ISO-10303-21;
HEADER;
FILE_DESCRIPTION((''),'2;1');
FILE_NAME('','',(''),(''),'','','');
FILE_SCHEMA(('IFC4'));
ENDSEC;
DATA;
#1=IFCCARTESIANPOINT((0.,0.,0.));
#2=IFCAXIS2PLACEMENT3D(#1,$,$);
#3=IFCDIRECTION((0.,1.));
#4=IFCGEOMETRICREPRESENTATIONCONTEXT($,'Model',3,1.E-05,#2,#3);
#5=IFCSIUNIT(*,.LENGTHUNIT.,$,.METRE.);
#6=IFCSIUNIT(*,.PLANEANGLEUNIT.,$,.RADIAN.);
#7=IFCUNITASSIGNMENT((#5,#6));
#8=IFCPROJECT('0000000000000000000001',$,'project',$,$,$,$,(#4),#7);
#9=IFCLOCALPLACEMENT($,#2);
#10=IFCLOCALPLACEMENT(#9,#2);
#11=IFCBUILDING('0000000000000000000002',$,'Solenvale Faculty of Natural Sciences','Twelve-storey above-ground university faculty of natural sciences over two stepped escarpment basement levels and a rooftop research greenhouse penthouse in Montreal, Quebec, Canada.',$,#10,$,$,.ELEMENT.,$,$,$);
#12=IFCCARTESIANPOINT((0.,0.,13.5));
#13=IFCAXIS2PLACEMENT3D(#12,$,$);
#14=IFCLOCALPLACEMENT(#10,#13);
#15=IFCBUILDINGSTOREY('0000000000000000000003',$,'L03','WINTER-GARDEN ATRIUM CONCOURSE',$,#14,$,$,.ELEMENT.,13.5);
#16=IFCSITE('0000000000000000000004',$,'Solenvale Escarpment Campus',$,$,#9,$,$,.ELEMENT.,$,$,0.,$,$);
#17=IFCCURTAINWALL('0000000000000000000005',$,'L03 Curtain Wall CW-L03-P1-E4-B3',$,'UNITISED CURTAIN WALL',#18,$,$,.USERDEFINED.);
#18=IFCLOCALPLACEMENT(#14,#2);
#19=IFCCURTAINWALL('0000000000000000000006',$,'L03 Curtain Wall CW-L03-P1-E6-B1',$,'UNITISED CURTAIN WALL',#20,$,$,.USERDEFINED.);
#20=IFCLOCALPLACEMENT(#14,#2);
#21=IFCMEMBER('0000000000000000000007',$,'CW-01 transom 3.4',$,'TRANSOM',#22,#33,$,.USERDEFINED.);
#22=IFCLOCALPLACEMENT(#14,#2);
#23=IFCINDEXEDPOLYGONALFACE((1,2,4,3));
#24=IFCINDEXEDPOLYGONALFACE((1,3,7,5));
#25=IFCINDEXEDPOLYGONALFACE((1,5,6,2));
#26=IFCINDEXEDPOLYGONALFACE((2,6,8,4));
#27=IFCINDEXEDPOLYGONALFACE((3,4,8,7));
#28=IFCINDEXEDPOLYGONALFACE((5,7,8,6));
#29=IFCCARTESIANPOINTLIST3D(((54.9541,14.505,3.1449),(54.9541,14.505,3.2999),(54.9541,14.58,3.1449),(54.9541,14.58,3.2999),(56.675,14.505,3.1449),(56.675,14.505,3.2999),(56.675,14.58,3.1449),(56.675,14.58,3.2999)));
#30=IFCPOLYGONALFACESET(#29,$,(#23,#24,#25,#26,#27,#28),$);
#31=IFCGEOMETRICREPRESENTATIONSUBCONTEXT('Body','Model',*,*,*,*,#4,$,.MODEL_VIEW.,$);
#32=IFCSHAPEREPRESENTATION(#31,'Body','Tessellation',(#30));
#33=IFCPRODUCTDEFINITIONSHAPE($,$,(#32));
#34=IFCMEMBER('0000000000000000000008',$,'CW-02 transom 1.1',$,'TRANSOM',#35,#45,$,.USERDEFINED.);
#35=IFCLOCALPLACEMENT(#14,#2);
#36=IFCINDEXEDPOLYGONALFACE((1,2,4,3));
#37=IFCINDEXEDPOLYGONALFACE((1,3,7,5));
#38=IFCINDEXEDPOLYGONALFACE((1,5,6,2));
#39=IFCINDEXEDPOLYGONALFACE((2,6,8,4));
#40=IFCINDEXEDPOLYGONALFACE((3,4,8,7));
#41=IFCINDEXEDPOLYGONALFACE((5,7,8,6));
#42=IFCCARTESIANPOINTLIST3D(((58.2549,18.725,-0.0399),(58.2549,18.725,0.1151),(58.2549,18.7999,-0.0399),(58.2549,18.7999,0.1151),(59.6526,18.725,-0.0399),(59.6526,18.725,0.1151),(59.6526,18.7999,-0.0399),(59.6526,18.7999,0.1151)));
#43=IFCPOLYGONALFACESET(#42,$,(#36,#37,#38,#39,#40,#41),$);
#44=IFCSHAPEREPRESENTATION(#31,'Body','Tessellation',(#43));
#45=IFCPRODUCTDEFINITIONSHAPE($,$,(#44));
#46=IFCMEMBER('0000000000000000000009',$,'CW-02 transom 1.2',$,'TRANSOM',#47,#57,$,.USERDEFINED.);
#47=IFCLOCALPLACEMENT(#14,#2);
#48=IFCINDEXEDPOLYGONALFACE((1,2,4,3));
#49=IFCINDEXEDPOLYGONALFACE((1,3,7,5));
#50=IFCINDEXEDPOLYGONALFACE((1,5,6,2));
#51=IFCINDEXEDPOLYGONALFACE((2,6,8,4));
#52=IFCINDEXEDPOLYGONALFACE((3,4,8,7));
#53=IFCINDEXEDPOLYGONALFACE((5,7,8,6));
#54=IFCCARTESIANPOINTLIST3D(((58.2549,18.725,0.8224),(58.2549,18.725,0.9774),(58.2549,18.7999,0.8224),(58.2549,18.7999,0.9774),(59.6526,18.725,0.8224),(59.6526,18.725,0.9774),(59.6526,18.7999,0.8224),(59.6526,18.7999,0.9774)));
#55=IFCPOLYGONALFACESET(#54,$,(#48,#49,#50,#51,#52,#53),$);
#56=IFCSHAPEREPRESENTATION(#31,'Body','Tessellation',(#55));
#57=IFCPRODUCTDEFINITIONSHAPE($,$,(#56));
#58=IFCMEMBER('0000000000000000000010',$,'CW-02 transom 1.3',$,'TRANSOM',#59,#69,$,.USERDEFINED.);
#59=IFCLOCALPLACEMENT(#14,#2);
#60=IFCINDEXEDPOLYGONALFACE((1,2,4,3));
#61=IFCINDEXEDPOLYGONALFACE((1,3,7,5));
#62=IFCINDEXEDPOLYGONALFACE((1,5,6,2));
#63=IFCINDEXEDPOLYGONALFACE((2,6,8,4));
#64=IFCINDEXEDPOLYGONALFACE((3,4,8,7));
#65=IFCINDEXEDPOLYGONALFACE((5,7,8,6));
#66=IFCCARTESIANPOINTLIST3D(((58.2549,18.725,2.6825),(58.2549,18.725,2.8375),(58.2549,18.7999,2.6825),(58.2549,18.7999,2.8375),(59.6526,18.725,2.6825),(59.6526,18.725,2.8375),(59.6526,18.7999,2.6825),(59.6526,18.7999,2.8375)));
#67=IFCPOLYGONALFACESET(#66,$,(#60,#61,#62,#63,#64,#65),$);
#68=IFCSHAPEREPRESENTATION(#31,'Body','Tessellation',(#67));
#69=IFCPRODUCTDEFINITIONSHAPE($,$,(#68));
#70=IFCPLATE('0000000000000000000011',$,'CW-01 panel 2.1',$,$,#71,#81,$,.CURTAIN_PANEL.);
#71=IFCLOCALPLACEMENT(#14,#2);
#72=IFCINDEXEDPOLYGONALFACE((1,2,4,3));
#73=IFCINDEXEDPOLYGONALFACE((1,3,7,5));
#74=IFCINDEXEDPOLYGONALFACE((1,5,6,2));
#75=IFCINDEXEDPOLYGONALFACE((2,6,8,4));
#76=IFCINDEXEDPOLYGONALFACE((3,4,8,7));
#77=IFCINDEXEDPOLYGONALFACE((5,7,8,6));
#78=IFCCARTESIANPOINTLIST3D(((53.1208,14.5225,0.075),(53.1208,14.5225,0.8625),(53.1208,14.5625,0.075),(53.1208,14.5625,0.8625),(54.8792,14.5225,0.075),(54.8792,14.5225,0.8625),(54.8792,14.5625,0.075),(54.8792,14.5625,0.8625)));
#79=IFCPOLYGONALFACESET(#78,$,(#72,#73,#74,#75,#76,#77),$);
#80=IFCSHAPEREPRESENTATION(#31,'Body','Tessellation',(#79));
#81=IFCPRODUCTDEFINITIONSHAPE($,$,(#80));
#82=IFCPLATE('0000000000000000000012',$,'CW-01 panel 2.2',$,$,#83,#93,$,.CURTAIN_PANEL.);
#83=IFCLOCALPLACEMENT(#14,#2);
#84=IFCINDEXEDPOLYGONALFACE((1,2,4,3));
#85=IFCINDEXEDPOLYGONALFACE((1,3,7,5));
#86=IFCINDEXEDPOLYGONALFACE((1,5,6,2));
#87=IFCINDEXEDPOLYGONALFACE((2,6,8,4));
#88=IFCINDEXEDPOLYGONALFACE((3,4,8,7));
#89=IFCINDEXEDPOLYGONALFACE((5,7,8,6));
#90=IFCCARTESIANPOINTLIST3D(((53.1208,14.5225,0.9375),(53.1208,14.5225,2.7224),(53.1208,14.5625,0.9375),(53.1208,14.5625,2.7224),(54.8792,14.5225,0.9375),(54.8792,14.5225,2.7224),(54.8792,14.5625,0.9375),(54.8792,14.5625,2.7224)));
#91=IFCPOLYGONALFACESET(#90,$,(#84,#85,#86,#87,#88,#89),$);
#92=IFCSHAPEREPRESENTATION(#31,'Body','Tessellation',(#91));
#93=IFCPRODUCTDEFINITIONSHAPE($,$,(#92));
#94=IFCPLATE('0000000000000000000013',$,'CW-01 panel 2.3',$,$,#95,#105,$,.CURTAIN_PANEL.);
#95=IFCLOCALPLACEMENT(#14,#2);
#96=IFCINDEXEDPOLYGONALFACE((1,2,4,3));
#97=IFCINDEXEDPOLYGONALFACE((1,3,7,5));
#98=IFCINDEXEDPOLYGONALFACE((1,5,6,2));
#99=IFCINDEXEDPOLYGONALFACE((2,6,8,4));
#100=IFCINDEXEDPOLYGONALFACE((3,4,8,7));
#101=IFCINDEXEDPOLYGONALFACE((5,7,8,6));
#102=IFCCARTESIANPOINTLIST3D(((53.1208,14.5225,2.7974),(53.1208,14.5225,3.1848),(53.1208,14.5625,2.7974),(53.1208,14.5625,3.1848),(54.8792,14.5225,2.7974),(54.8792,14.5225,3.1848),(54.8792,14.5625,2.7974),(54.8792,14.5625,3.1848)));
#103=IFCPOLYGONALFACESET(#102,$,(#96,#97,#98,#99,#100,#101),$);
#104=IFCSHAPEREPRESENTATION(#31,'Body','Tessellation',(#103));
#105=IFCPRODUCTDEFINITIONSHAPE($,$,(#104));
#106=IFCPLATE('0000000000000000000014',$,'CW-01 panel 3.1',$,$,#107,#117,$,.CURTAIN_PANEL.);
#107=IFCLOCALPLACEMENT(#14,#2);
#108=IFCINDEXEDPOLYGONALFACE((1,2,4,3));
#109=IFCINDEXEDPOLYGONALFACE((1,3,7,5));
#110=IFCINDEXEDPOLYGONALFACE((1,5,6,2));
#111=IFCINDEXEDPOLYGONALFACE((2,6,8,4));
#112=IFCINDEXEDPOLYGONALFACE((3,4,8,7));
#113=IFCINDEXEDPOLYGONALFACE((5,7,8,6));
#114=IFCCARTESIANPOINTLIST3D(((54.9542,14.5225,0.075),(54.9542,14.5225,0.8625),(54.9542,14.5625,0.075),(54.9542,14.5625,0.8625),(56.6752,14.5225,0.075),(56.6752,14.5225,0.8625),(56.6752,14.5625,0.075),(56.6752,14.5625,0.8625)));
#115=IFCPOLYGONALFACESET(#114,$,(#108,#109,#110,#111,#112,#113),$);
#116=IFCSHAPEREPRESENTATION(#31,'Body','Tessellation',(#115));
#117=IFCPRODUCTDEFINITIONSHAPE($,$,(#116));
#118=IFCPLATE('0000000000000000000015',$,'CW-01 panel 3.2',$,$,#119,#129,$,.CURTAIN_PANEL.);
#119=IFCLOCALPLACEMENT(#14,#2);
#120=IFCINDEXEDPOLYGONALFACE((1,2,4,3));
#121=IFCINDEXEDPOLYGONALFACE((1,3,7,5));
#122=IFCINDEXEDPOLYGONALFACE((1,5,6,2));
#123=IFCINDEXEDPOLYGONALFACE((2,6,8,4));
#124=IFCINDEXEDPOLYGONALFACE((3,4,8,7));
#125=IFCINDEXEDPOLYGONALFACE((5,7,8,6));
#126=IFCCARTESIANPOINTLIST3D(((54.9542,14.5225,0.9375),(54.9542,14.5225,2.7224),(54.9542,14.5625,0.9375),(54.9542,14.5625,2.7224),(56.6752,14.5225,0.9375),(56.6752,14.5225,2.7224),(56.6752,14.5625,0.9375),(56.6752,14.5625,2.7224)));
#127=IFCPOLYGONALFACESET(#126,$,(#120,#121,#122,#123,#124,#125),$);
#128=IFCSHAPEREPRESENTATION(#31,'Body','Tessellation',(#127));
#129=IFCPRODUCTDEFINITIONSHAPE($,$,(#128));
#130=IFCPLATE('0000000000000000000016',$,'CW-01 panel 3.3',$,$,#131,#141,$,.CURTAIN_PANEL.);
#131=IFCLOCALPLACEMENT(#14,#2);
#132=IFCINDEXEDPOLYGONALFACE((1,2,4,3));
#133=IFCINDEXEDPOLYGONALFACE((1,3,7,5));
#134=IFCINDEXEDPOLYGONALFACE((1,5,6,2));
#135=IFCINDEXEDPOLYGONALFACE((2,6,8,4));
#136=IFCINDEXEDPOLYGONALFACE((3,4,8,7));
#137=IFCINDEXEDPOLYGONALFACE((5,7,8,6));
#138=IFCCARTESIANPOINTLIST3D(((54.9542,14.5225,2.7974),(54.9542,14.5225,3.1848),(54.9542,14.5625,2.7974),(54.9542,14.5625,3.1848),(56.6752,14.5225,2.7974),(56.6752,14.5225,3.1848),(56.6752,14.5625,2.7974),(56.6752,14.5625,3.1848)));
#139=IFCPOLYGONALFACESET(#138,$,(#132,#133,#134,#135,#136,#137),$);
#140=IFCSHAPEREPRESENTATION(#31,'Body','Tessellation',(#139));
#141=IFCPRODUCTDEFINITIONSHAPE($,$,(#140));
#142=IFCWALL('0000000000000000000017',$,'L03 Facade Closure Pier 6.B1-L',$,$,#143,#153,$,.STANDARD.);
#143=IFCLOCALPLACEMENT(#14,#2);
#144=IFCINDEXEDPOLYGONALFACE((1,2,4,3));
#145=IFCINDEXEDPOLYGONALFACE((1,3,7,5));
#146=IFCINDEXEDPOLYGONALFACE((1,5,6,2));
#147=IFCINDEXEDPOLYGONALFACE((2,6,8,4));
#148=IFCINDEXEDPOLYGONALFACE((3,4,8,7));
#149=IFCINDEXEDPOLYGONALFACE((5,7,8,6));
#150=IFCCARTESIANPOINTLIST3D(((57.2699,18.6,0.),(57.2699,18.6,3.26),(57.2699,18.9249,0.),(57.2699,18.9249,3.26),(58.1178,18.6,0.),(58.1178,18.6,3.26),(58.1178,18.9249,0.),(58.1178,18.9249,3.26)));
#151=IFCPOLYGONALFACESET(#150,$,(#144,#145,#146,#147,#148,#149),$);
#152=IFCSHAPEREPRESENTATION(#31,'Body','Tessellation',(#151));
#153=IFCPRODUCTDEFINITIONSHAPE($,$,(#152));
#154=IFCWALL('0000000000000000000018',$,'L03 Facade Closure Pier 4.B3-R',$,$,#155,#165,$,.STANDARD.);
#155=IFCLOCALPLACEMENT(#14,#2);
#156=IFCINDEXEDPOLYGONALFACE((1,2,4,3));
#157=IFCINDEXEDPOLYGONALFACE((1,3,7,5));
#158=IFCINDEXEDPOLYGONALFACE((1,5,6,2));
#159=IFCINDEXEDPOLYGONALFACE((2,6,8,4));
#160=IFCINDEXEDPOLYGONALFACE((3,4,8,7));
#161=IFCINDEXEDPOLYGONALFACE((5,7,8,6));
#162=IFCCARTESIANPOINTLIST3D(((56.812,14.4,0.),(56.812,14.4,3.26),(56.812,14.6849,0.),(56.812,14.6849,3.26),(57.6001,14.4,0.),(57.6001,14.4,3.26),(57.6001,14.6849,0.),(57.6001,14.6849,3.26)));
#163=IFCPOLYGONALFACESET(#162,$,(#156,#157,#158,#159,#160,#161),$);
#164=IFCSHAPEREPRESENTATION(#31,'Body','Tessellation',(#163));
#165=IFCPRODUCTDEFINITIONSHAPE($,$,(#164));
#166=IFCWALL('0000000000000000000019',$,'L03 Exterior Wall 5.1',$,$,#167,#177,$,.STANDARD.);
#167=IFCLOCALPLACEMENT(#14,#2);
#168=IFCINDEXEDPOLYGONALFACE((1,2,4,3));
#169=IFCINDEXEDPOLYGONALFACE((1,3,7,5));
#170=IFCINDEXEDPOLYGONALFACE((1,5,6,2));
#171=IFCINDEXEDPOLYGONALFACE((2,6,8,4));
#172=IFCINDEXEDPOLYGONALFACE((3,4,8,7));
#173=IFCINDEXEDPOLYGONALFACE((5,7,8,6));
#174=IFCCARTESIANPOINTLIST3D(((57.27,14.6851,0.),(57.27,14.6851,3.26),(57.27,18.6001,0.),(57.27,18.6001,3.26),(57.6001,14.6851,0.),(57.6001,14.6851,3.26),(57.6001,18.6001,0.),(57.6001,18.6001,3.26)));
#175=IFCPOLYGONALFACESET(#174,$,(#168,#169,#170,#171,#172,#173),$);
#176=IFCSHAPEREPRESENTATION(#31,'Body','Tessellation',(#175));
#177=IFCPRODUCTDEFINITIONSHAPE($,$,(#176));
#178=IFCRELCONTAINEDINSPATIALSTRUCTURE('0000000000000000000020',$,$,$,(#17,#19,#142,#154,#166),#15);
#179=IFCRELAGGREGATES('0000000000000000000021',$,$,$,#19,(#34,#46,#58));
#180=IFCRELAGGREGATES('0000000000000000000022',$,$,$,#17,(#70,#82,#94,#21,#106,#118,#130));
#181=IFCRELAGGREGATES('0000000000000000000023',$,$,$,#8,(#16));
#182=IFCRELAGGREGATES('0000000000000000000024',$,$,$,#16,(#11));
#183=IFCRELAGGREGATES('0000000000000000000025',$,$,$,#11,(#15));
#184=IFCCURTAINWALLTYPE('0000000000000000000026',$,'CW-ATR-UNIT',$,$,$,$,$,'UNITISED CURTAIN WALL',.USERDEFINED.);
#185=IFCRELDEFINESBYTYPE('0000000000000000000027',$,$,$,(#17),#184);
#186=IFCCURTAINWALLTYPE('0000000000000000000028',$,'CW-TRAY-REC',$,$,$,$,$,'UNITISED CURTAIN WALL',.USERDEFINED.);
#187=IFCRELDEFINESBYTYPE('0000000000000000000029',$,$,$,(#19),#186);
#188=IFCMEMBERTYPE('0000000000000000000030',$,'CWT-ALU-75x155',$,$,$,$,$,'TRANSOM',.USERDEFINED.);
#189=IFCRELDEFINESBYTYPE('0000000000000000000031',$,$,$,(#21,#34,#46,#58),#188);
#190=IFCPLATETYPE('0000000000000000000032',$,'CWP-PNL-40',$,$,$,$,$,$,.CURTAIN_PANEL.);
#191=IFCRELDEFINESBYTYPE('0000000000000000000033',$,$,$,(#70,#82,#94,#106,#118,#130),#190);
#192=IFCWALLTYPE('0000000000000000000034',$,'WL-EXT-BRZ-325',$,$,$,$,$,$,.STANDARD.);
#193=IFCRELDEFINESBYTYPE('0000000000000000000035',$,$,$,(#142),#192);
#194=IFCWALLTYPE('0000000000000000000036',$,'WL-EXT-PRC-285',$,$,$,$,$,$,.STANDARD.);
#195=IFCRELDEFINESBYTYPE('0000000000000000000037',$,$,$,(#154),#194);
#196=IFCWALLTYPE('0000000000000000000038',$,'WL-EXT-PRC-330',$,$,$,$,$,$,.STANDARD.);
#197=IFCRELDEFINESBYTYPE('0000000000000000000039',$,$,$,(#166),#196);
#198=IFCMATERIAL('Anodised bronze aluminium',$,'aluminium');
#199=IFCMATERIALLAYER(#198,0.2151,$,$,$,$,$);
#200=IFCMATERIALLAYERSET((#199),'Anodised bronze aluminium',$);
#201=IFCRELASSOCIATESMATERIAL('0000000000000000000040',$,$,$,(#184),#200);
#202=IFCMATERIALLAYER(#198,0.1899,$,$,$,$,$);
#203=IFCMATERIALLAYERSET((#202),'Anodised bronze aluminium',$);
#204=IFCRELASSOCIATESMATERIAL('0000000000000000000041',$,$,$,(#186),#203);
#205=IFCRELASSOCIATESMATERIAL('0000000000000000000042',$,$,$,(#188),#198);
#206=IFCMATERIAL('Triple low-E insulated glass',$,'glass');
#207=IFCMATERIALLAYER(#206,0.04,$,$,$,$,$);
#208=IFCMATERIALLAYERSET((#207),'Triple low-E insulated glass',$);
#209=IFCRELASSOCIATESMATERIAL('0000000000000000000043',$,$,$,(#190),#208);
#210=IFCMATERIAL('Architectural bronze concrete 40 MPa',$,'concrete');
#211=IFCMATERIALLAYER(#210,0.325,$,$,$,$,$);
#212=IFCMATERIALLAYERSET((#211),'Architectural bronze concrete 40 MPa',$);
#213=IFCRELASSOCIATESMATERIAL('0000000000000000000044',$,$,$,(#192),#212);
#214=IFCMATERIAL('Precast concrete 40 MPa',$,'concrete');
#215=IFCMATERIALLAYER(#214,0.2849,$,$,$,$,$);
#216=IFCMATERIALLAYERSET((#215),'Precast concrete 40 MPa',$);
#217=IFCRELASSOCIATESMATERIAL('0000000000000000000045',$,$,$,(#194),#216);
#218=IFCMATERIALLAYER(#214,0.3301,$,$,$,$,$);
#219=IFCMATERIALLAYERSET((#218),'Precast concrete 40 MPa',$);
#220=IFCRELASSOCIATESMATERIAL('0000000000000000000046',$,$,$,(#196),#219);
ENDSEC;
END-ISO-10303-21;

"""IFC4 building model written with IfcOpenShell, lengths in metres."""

from ifc_helpers import new_model, si_unit, direction, frame, frame_2d, origin, origin_2d, place, context, subcontext, project, spatial, rectangle, extrude, material, layer, layer_set, material_profile, profile_set, type_object, element, aggregate, save


model = new_model("IFC4")

# Units and contexts
model_context = context("Model", 3, precision=1e-05, world=origin(), true_north=direction((0.0, 1.0)))
body_context = subcontext(model_context, "Body", "Model", "MODEL_VIEW")
ifc_project = project(units=[si_unit("LENGTHUNIT", "METRE"), si_unit("PLANEANGLEUNIT", "RADIAN")], contexts=[model_context])

# Site, building, storey
site_placement = place(None, origin())
site = spatial("IfcSite", under=ifc_project, at=site_placement, Name="Solenvale Escarpment Campus", CompositionType="ELEMENT", RefElevation=0.0)
building_placement = place(site_placement, origin())
building = spatial("IfcBuilding", under=site, at=building_placement, Name="Solenvale Faculty of Natural Sciences", Description="Twelve-storey above-ground university faculty of natural sciences over two stepped escarpment basement levels and a rooftop research greenhouse penthouse in Montreal, Quebec, Canada.", CompositionType="ELEMENT")
storey_placement = place(building_placement, frame((0.0, 0.0, 13.5)))
storey = spatial("IfcBuildingStorey", under=building, at=storey_placement, Name="L03", Description="WINTER-GARDEN ATRIUM CONCOURSE", CompositionType="ELEMENT", Elevation=13.5)

# Shared definitions
ifc_material_1 = material(Name="Architectural bronze concrete 40 MPa", Category="concrete")

# Curtain wall
ifc_material_2 = material(Name="Anodised bronze aluminium", Category="aluminium")
ifc_layer_1 = layer(ifc_material_2, 0.2151)
ifc_layer_set_1 = layer_set([ifc_layer_1], Name="Anodised bronze aluminium")
curtain_wall_type_1 = type_object("IfcCurtainWallType", Name="CW-ATR-UNIT", ElementType="UNITISED CURTAIN WALL", PredefinedType="USERDEFINED", material=ifc_layer_set_1)
curtain_wall_1_placement = place(storey_placement, origin())
curtain_wall_1 = element("IfcCurtainWall", 1, at=curtain_wall_1_placement, inside=storey, type_object=curtain_wall_type_1, Name="L03 Curtain Wall CW-L03-P1-E4-B3", ObjectType="UNITISED CURTAIN WALL", PredefinedType="USERDEFINED")

# Curtain wall
ifc_layer_2 = layer(ifc_material_2, 0.1899)
ifc_layer_set_2 = layer_set([ifc_layer_2], Name="Anodised bronze aluminium")
curtain_wall_type_2 = type_object("IfcCurtainWallType", Name="CW-TRAY-REC", ElementType="UNITISED CURTAIN WALL", PredefinedType="USERDEFINED", material=ifc_layer_set_2)
curtain_wall_2_placement = place(storey_placement, origin())
curtain_wall_2 = element("IfcCurtainWall", 2, at=curtain_wall_2_placement, inside=storey, type_object=curtain_wall_type_2, Name="L03 Curtain Wall CW-L03-P1-E6-B1", ObjectType="UNITISED CURTAIN WALL", PredefinedType="USERDEFINED")

# Members
ifc_material_profile_1 = material_profile(ifc_material_2, rectangle(XDim=0.075, YDim=0.155, at=origin_2d()), Name="ALU-TRN-75x155")
ifc_profile_set_1 = profile_set([ifc_material_profile_1], Name="Anodised bronze aluminium")
member_type_1 = type_object("IfcMemberType", Name="CWT-ALU-75x155", ElementType="TRANSOM", PredefinedType="USERDEFINED", material=ifc_profile_set_1)
member_1_placement = place(storey_placement, frame((54.9541, 14.5425, 3.2224), z_axis=(1.0, 0.0, 0.0), x_axis=(0.0, 1.0, 0.0)))
member_1 = element("IfcMember", 3, at=member_1_placement, type_object=member_type_1, Name="CW-01 transom 3.4", ObjectType="TRANSOM", PredefinedType="USERDEFINED", context=body_context, shape_type="SweptSolid", body=[
    extrude(rectangle(XDim=0.075, YDim=0.155, at=origin_2d()), origin(), (0.0, 0.0, 1.0), 1.7209),
])
member_2_placement = place(storey_placement, frame((58.2549, 18.7625, 0.0376), z_axis=(1.0, 0.0, 0.0), x_axis=(0.0, 1.0, 0.0)))
member_2 = element("IfcMember", 4, at=member_2_placement, type_object=member_type_1, Name="CW-02 transom 1.1", ObjectType="TRANSOM", PredefinedType="USERDEFINED", context=body_context, shape_type="SweptSolid", body=[
    extrude(rectangle(XDim=0.075, YDim=0.155, at=origin_2d()), origin(), (0.0, 0.0, 1.0), 1.3977),
])
member_3_placement = place(storey_placement, frame((58.2549, 18.7625, 0.8999), z_axis=(1.0, 0.0, 0.0), x_axis=(0.0, 1.0, 0.0)))
member_3 = element("IfcMember", 5, at=member_3_placement, type_object=member_type_1, Name="CW-02 transom 1.2", ObjectType="TRANSOM", PredefinedType="USERDEFINED", context=body_context, shape_type="SweptSolid", body=[
    extrude(rectangle(XDim=0.075, YDim=0.155, at=origin_2d()), origin(), (0.0, 0.0, 1.0), 1.3977),
])
member_4_placement = place(storey_placement, frame((58.2549, 18.7625, 2.76), z_axis=(1.0, 0.0, 0.0), x_axis=(0.0, 1.0, 0.0)))
member_4 = element("IfcMember", 6, at=member_4_placement, type_object=member_type_1, Name="CW-02 transom 1.3", ObjectType="TRANSOM", PredefinedType="USERDEFINED", context=body_context, shape_type="SweptSolid", body=[
    extrude(rectangle(XDim=0.075, YDim=0.155, at=origin_2d()), origin(), (0.0, 0.0, 1.0), 1.3977),
])
aggregate(curtain_wall_2, [member_2, member_3, member_4])

# Plates
ifc_material_3 = material(Name="Triple low-E insulated glass", Category="glass")
ifc_layer_3 = layer(ifc_material_3, 0.04)
ifc_layer_set_3 = layer_set([ifc_layer_3], Name="Triple low-E insulated glass")
plate_type = type_object("IfcPlateType", Name="CWP-PNL-40", PredefinedType="CURTAIN_PANEL", material=ifc_layer_set_3)
plate_1_placement = place(storey_placement, frame((54.0, 14.5425, 0.075), z_axis=(0.0, 0.0, 1.0), x_axis=(1.0, 0.0, 0.0)))
plate_1 = element("IfcPlate", 7, at=plate_1_placement, type_object=plate_type, Name="CW-01 panel 2.1", PredefinedType="CURTAIN_PANEL", context=body_context, shape_type="SweptSolid", body=[
    extrude(rectangle(XDim=1.7583, YDim=0.04, at=origin_2d()), origin(), (0.0, 0.0, 1.0), 0.7876),
])
plate_2_placement = place(storey_placement, frame((54.0, 14.5425, 0.9375), z_axis=(0.0, 0.0, 1.0), x_axis=(1.0, 0.0, 0.0)))
plate_2 = element("IfcPlate", 8, at=plate_2_placement, type_object=plate_type, Name="CW-01 panel 2.2", PredefinedType="CURTAIN_PANEL", context=body_context, shape_type="SweptSolid", body=[
    extrude(rectangle(XDim=1.7583, YDim=0.04, at=origin_2d()), origin(), (0.0, 0.0, 1.0), 1.7849),
])
plate_3_placement = place(storey_placement, frame((54.0, 14.5425, 2.7974), z_axis=(0.0, 0.0, 1.0), x_axis=(1.0, 0.0, 0.0)))
plate_3 = element("IfcPlate", 9, at=plate_3_placement, type_object=plate_type, Name="CW-01 panel 2.3", PredefinedType="CURTAIN_PANEL", context=body_context, shape_type="SweptSolid", body=[
    extrude(rectangle(XDim=1.7583, YDim=0.04, at=origin_2d()), origin(), (0.0, 0.0, 1.0), 0.3875),
])
plate_4_placement = place(storey_placement, frame((55.8147, 14.5425, 0.075), z_axis=(0.0, 0.0, 1.0), x_axis=(1.0, 0.0, 0.0)))
plate_4 = element("IfcPlate", 10, at=plate_4_placement, type_object=plate_type, Name="CW-01 panel 3.1", PredefinedType="CURTAIN_PANEL", context=body_context, shape_type="SweptSolid", body=[
    extrude(rectangle(XDim=1.7209, YDim=0.04, at=origin_2d()), origin(), (0.0, 0.0, 1.0), 0.7876),
])
plate_5_placement = place(storey_placement, frame((55.8147, 14.5425, 0.9375), z_axis=(0.0, 0.0, 1.0), x_axis=(1.0, 0.0, 0.0)))
plate_5 = element("IfcPlate", 11, at=plate_5_placement, type_object=plate_type, Name="CW-01 panel 3.2", PredefinedType="CURTAIN_PANEL", context=body_context, shape_type="SweptSolid", body=[
    extrude(rectangle(XDim=1.7209, YDim=0.04, at=origin_2d()), origin(), (0.0, 0.0, 1.0), 1.7849),
])
plate_6_placement = place(storey_placement, frame((55.8147, 14.5425, 2.7974), z_axis=(0.0, 0.0, 1.0), x_axis=(1.0, 0.0, 0.0)))
plate_6 = element("IfcPlate", 12, at=plate_6_placement, type_object=plate_type, Name="CW-01 panel 3.3", PredefinedType="CURTAIN_PANEL", context=body_context, shape_type="SweptSolid", body=[
    extrude(rectangle(XDim=1.7209, YDim=0.04, at=origin_2d()), origin(), (0.0, 0.0, 1.0), 0.3875),
])
aggregate(curtain_wall_1, [plate_1, plate_2, plate_3, member_1, plate_4, plate_5, plate_6])

# Walls
ifc_layer_4 = layer(ifc_material_1, 0.325)
ifc_layer_set_4 = layer_set([ifc_layer_4], Name="Architectural bronze concrete 40 MPa")
wall_type_1 = type_object("IfcWallType", Name="WL-EXT-BRZ-325", PredefinedType="STANDARD", material=ifc_layer_set_4)
wall_1_placement = place(storey_placement, frame((57.27, 18.7625, 0.0), z_axis=(0.0, 0.0, 1.0), x_axis=(1.0, 0.0, 0.0)))
element("IfcWall", 13, at=wall_1_placement, inside=storey, type_object=wall_type_1, Name="L03 Facade Closure Pier 6.B1-L", PredefinedType="STANDARD", context=body_context, shape_type="SweptSolid", body=[
    extrude(rectangle(XDim=0.8479, YDim=0.325, at=frame_2d((0.4238, 0.0))), origin(), (0.0, 0.0, 1.0), 3.26),
])
ifc_material_4 = material(Name="Precast concrete 40 MPa", Category="concrete")
ifc_layer_5 = layer(ifc_material_4, 0.2849)
ifc_layer_set_5 = layer_set([ifc_layer_5], Name="Precast concrete 40 MPa")
wall_type_2 = type_object("IfcWallType", Name="WL-EXT-PRC-285", PredefinedType="STANDARD", material=ifc_layer_set_5)
wall_2_placement = place(storey_placement, frame((56.812, 14.5425, 0.0), z_axis=(0.0, 0.0, 1.0), x_axis=(1.0, 0.0, 0.0)))
element("IfcWall", 14, at=wall_2_placement, inside=storey, type_object=wall_type_2, Name="L03 Facade Closure Pier 4.B3-R", PredefinedType="STANDARD", context=body_context, shape_type="SweptSolid", body=[
    extrude(rectangle(XDim=0.7881, YDim=0.2849, at=frame_2d((0.394, 0.0))), origin(), (0.0, 0.0, 1.0), 3.26),
])
ifc_layer_6 = layer(ifc_material_4, 0.3301)
ifc_layer_set_6 = layer_set([ifc_layer_6], Name="Precast concrete 40 MPa")
wall_type_3 = type_object("IfcWallType", Name="WL-EXT-PRC-330", PredefinedType="STANDARD", material=ifc_layer_set_6)
wall_3_placement = place(storey_placement, frame((57.4351, 18.6001, 0.0), z_axis=(0.0, 0.0, 1.0), x_axis=(0.0, -1.0, 0.0)))
element("IfcWall", 15, at=wall_3_placement, inside=storey, type_object=wall_type_3, Name="L03 Exterior Wall 5.1", PredefinedType="STANDARD", context=body_context, shape_type="SweptSolid", body=[
    extrude(rectangle(XDim=3.915, YDim=0.3301, at=frame_2d((1.9575, 0.0))), origin(), (0.0, 0.0, 1.0), 3.26),
])

save(model, "model.ifc")
